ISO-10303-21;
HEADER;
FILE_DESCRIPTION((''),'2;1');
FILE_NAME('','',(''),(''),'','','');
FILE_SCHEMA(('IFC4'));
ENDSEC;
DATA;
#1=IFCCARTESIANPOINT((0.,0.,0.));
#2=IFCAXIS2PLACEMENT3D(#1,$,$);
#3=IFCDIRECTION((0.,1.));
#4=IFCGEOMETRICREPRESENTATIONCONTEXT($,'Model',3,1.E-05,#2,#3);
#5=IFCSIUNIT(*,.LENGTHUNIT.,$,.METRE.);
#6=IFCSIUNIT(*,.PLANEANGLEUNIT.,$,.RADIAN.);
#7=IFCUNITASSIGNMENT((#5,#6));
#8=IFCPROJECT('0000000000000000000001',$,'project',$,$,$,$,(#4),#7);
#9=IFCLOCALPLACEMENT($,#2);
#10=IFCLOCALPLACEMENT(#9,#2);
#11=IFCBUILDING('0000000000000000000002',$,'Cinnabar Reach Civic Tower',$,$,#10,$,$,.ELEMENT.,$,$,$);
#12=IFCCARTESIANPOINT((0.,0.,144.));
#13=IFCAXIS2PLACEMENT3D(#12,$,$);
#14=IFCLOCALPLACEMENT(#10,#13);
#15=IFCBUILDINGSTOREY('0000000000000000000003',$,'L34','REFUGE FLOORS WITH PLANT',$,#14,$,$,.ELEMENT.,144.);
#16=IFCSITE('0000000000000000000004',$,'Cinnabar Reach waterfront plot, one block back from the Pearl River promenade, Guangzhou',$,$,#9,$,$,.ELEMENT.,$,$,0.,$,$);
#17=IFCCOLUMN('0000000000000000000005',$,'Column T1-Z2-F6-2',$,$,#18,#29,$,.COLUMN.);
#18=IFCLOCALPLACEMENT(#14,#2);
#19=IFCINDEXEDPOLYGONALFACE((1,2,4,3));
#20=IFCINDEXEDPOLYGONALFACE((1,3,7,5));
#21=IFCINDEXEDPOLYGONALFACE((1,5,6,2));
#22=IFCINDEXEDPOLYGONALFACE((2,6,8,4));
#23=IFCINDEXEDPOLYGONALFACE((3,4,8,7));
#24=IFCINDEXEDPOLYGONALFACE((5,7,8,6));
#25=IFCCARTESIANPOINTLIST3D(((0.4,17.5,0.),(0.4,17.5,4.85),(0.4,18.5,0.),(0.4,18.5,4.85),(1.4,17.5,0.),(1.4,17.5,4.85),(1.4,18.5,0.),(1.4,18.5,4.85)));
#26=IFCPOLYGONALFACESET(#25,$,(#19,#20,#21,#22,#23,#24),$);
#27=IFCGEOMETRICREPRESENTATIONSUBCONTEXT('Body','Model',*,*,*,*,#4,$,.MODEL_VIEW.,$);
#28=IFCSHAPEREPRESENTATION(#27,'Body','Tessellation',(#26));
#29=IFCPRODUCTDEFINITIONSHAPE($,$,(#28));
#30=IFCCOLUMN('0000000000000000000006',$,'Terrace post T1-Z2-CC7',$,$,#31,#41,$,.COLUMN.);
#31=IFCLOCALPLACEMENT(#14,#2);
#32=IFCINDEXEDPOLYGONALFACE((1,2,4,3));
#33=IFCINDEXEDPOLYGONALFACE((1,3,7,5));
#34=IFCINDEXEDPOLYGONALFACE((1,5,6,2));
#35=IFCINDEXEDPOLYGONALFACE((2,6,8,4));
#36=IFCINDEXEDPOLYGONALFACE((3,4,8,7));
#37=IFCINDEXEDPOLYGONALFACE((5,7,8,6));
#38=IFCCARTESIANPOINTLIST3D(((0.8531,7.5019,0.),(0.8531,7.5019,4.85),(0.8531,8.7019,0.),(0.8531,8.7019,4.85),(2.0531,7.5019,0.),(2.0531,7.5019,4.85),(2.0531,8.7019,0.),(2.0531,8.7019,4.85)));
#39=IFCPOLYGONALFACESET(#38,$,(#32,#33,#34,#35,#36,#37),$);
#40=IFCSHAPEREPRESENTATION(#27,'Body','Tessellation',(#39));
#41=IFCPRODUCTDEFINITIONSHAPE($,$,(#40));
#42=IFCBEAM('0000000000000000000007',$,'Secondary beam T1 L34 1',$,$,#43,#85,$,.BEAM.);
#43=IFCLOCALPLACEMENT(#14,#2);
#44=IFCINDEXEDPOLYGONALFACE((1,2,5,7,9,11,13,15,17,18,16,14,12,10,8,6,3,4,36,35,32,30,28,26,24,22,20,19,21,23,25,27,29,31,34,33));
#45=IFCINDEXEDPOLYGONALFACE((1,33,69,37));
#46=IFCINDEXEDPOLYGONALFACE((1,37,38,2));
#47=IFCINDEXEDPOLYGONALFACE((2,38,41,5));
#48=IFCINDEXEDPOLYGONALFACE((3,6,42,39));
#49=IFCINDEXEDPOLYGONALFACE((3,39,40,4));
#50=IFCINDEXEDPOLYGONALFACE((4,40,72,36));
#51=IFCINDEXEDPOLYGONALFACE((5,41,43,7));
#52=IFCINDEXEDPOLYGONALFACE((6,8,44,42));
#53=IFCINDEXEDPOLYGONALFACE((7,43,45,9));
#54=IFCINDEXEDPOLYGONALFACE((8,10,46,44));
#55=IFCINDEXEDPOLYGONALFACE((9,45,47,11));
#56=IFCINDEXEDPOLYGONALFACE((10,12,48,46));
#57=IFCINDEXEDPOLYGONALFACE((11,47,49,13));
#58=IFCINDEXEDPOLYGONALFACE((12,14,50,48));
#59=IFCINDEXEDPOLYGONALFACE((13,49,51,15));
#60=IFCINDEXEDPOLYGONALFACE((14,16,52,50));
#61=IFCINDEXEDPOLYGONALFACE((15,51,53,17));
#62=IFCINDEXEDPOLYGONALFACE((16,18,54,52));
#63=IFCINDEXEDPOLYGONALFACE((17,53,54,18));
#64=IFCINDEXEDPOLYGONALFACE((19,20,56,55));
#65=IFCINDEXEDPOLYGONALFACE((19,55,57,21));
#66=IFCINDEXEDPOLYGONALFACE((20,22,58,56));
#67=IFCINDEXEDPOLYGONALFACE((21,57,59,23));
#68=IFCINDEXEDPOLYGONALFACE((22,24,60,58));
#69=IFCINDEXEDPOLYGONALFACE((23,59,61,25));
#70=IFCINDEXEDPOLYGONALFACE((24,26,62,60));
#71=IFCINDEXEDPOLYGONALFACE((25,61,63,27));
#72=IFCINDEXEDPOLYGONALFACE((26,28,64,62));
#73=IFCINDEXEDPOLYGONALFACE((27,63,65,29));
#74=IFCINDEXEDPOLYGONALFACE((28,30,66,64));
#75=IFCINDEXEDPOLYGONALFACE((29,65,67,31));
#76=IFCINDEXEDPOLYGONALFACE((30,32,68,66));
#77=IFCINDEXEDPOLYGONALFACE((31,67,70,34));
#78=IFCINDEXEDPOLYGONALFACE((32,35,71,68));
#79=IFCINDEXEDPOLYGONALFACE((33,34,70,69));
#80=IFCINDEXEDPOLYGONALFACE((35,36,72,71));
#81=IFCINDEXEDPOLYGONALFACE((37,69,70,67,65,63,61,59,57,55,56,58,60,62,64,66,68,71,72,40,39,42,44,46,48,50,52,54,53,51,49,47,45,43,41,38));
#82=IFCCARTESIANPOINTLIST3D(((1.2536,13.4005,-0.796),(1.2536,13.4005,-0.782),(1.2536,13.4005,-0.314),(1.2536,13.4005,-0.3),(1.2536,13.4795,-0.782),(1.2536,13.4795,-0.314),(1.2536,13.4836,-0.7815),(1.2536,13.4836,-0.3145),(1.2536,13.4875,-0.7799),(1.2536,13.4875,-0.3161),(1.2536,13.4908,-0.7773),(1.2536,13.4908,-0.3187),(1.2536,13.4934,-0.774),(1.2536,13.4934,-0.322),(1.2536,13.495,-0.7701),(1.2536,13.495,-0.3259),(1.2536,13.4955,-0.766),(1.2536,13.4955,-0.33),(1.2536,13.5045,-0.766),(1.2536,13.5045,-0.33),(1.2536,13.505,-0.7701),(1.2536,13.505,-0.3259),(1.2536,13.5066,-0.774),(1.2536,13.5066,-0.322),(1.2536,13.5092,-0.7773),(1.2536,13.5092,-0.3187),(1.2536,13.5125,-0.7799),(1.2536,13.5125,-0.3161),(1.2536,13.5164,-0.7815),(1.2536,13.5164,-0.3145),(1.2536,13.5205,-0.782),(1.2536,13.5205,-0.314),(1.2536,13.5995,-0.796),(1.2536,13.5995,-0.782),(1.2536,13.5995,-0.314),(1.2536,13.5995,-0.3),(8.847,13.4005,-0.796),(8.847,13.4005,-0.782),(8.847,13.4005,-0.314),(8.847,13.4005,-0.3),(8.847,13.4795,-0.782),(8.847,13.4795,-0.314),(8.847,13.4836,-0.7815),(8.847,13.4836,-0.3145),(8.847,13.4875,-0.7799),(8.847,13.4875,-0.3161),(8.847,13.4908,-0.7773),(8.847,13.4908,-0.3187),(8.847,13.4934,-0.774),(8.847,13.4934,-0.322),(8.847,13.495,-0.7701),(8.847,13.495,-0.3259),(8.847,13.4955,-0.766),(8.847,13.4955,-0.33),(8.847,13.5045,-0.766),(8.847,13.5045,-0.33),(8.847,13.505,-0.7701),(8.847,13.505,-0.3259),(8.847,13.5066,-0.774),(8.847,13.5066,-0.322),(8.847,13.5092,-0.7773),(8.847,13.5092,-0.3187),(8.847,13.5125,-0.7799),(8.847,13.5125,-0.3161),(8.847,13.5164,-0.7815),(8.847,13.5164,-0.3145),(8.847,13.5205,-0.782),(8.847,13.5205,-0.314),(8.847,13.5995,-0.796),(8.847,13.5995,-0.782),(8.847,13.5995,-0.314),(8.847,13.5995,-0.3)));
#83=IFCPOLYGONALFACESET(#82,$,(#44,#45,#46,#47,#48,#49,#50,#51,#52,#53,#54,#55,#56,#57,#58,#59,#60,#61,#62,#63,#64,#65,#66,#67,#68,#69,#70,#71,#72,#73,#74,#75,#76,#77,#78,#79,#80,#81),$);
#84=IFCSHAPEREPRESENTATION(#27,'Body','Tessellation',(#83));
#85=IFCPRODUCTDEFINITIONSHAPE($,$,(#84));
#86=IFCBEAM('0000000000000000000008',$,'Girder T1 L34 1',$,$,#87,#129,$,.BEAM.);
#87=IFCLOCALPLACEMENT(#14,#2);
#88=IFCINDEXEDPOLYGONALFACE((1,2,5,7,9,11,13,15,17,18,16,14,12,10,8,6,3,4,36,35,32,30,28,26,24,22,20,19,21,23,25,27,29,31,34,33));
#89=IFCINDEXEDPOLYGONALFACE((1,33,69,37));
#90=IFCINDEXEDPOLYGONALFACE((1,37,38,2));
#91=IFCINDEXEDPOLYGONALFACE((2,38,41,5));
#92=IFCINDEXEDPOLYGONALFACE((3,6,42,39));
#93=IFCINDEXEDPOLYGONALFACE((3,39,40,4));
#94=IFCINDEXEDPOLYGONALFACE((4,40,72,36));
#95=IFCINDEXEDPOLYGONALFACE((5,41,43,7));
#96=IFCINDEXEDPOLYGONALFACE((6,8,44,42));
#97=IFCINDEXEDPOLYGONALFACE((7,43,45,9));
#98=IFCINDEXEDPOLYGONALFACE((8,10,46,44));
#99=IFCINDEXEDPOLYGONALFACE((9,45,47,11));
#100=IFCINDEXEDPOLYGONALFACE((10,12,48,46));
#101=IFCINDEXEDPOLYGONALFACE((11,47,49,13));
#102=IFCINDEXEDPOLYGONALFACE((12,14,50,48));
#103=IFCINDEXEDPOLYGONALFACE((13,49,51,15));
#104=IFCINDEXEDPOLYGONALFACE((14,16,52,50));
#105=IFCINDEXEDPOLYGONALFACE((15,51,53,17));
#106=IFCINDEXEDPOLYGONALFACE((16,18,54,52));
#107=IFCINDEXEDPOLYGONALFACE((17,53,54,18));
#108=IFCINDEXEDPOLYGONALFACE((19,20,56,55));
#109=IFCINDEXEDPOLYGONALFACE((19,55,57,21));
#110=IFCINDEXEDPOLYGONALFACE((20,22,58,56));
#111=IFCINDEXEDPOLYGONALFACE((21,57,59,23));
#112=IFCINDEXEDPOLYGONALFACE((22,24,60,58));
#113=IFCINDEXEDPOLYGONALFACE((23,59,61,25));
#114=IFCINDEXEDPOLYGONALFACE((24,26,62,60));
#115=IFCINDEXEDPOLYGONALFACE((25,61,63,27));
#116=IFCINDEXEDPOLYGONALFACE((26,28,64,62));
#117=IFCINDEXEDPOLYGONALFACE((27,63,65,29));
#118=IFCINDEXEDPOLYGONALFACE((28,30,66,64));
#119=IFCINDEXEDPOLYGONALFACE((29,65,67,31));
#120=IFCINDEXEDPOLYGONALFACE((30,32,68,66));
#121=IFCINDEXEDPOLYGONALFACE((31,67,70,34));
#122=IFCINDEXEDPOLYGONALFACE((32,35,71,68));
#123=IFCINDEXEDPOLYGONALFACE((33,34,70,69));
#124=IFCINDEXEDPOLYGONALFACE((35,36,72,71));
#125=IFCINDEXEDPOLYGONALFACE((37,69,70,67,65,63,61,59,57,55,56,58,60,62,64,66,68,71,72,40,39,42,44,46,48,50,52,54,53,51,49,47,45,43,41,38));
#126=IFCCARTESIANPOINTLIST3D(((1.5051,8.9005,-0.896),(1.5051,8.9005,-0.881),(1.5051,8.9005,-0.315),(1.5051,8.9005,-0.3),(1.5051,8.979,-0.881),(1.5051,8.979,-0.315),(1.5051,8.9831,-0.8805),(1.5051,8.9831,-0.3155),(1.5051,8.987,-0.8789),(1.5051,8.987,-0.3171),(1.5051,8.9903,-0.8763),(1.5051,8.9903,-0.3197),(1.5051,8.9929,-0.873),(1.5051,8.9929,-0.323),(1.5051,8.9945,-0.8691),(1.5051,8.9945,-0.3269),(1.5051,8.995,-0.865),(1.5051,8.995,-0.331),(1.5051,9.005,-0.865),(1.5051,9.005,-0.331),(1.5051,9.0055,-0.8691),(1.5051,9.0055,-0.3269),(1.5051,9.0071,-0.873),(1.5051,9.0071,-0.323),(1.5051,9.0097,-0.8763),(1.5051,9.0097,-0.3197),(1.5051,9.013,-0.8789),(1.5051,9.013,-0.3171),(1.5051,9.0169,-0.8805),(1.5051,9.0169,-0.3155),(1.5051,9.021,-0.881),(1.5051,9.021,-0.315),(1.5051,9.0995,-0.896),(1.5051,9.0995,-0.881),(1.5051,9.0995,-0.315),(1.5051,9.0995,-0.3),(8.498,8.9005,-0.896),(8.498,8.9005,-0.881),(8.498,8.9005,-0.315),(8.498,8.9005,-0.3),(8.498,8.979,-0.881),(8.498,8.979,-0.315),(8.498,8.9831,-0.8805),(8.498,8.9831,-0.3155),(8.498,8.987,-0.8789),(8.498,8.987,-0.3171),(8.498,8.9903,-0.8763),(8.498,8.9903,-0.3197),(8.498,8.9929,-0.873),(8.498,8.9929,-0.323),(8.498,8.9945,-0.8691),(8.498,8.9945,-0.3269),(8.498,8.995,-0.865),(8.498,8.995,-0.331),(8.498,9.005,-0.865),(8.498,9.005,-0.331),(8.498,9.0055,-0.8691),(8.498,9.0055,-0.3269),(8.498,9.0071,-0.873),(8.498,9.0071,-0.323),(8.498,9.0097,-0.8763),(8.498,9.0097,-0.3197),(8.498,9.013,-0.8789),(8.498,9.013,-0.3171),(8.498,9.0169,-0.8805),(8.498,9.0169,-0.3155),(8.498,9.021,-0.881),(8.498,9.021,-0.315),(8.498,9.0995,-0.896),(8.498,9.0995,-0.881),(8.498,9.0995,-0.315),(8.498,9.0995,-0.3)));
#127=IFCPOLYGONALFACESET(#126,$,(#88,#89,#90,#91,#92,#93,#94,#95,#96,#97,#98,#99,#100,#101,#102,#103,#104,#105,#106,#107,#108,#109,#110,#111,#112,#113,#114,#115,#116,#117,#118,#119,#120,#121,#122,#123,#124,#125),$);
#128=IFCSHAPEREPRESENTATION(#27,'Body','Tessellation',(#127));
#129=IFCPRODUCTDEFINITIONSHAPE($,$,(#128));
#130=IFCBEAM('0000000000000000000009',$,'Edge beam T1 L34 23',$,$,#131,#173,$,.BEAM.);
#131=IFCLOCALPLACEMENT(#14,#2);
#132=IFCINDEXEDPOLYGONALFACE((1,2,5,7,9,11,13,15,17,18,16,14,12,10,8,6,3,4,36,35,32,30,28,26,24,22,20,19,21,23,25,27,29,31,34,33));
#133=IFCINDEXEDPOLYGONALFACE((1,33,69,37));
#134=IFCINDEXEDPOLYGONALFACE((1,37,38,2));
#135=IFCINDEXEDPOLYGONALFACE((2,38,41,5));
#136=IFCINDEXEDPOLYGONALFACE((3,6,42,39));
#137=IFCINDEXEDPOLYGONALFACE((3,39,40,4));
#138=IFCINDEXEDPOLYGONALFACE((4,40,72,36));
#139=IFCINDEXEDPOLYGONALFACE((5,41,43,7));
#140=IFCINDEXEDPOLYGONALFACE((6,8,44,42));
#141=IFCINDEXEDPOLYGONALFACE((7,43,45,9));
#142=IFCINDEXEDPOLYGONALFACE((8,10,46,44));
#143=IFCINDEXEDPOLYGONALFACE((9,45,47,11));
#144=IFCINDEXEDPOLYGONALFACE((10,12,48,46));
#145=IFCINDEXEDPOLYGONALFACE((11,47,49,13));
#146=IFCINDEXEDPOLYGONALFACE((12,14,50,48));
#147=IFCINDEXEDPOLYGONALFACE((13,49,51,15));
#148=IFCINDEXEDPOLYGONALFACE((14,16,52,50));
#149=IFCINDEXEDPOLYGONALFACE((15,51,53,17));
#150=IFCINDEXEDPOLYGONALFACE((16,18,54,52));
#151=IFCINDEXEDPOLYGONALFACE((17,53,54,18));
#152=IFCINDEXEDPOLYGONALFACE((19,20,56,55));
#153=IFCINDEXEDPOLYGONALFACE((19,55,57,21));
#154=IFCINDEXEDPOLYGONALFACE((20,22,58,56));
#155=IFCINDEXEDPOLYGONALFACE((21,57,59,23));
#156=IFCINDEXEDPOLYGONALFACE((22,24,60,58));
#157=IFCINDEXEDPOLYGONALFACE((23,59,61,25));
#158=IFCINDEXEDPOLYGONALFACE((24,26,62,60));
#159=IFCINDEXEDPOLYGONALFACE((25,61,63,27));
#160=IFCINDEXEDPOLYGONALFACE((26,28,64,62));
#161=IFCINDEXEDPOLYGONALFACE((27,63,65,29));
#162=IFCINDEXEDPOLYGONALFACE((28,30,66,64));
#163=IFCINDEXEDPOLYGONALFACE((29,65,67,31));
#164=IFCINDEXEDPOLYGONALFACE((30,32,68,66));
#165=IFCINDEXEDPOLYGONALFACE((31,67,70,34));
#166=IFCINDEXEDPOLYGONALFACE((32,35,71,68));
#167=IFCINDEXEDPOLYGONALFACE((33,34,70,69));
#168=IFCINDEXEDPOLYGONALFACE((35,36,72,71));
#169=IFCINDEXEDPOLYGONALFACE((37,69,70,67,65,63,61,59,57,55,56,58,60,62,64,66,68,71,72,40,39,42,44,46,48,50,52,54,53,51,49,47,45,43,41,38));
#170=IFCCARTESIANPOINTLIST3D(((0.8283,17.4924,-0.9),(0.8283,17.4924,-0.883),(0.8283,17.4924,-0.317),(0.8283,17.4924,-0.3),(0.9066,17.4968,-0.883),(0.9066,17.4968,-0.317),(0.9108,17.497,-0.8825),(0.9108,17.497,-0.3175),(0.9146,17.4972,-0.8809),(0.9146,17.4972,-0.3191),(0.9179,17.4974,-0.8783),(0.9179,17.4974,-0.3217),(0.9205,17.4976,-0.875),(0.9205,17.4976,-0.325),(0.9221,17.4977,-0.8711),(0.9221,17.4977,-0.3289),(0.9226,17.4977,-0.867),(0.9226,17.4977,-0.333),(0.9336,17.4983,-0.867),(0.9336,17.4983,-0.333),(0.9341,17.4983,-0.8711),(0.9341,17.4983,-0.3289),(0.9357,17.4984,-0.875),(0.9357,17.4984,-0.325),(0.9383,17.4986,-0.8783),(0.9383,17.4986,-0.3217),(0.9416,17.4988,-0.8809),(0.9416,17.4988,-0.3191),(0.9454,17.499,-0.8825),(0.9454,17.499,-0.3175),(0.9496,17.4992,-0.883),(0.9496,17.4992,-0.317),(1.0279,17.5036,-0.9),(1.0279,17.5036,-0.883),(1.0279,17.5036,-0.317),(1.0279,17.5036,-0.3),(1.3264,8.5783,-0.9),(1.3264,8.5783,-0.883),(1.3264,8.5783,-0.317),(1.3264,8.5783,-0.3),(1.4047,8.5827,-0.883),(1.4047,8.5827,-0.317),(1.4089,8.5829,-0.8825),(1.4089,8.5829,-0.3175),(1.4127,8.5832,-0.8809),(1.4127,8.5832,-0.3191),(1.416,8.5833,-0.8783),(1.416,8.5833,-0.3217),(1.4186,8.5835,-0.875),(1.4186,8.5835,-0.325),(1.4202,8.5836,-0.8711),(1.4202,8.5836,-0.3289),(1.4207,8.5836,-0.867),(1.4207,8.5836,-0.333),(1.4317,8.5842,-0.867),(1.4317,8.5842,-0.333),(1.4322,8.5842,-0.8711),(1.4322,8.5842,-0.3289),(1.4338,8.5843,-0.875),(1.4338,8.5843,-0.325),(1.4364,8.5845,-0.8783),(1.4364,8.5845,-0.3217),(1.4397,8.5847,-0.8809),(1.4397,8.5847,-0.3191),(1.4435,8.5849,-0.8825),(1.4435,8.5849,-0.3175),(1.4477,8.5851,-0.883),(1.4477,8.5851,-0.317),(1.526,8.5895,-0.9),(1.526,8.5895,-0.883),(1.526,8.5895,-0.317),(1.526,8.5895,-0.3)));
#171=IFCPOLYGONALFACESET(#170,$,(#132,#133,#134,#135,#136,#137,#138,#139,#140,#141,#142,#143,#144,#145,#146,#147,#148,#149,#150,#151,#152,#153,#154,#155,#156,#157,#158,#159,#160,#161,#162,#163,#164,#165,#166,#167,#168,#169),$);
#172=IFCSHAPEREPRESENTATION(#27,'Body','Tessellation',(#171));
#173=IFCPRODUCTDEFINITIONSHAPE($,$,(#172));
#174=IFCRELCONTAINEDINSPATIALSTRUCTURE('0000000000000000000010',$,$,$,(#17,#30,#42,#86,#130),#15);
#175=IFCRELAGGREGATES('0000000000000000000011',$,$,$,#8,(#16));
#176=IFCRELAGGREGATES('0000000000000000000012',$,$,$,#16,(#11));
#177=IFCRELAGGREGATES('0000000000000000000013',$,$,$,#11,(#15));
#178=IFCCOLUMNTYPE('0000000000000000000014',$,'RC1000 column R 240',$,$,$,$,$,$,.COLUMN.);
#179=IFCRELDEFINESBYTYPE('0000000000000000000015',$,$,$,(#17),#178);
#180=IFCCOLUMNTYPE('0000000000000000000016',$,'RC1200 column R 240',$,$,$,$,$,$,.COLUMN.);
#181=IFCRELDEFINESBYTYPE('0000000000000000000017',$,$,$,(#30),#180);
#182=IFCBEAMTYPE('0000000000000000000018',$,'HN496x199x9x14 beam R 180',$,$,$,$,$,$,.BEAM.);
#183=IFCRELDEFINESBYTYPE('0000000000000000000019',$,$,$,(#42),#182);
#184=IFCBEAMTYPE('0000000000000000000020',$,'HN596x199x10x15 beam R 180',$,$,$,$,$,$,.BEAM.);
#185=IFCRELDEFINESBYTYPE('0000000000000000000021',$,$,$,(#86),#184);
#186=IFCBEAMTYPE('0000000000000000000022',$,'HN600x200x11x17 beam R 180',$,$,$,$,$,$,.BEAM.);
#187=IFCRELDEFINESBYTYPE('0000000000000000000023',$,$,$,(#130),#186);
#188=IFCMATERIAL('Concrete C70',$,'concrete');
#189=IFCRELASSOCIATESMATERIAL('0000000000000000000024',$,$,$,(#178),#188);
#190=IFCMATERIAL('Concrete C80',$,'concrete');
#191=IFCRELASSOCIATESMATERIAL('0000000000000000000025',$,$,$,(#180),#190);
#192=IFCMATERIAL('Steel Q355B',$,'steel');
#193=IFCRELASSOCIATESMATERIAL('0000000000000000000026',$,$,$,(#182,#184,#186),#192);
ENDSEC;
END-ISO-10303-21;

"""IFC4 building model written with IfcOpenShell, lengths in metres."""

from ifc_helpers import new_model, si_unit, direction, frame, origin, origin_2d, place, context, subcontext, project, spatial, rectangle, i_section, extrude, material, material_profile, profile_set, type_object, element, save


model = new_model("IFC4")

# Units and contexts
model_context = context("Model", 3, precision=1e-05, world=origin(), true_north=direction((0.0, 1.0)))
body_context = subcontext(model_context, "Body", "Model", "MODEL_VIEW")
ifc_project = project(units=[si_unit("LENGTHUNIT", "METRE"), si_unit("PLANEANGLEUNIT", "RADIAN")], contexts=[model_context])

# Site, building, storey
site_placement = place(None, origin())
site = spatial("IfcSite", under=ifc_project, at=site_placement, Name="Cinnabar Reach waterfront plot, one block back from the Pearl River promenade, Guangzhou", CompositionType="ELEMENT", RefElevation=0.0)
building_placement = place(site_placement, origin())
building = spatial("IfcBuilding", under=site, at=building_placement, Name="Cinnabar Reach Civic Tower", CompositionType="ELEMENT")
storey_placement = place(building_placement, frame((0.0, 0.0, 144.0)))
storey = spatial("IfcBuildingStorey", under=building, at=storey_placement, Name="L34", Description="REFUGE FLOORS WITH PLANT", CompositionType="ELEMENT", Elevation=144.0)

# Columns
ifc_material_1 = material(Name="Concrete C70", Category="concrete")
ifc_material_profile_1 = material_profile(ifc_material_1, rectangle(XDim=1.0, YDim=1.0, at=origin_2d()), Name="RC1000")
ifc_profile_set_1 = profile_set([ifc_material_profile_1], Name="Concrete C70")
column_type_1 = type_object("IfcColumnType", Name="RC1000 column R 240", PredefinedType="COLUMN", material=ifc_profile_set_1)
column_1_placement = place(storey_placement, frame((0.9, 18.0, 0.0), z_axis=(0.0, 0.0, 1.0), x_axis=(1.0, 0.0, 0.0)))
element("IfcColumn", 1, at=column_1_placement, inside=storey, type_object=column_type_1, Name="Column T1-Z2-F6-2", PredefinedType="COLUMN", context=body_context, shape_type="SweptSolid", body=[
    extrude(rectangle(XDim=1.0, YDim=1.0, at=origin_2d()), origin(), (0.0, 0.0, 1.0), 4.85),
])
ifc_material_2 = material(Name="Concrete C80", Category="concrete")
ifc_material_profile_2 = material_profile(ifc_material_2, rectangle(XDim=1.2, YDim=1.2, at=origin_2d()), Name="RC1200")
ifc_profile_set_2 = profile_set([ifc_material_profile_2], Name="Concrete C80")
column_type_2 = type_object("IfcColumnType", Name="RC1200 column R 240", PredefinedType="COLUMN", material=ifc_profile_set_2)
column_2_placement = place(storey_placement, frame((1.4531, 8.1019, 0.0), z_axis=(0.0, 0.0, 1.0), x_axis=(1.0, 0.0, 0.0)))
element("IfcColumn", 2, at=column_2_placement, inside=storey, type_object=column_type_2, Name="Terrace post T1-Z2-CC7", PredefinedType="COLUMN", context=body_context, shape_type="SweptSolid", body=[
    extrude(rectangle(XDim=1.2, YDim=1.2, at=origin_2d()), origin(), (0.0, 0.0, 1.0), 4.85),
])

# Beams
ifc_material_3 = material(Name="Steel Q355B", Category="steel")
ifc_material_profile_3 = material_profile(ifc_material_3, i_section(OverallWidth=0.199, OverallDepth=0.496, WebThickness=0.009, FlangeThickness=0.014, FilletRadius=0.016, at=origin_2d()), Name="HN496x199x9x14")
ifc_profile_set_3 = profile_set([ifc_material_profile_3], Name="Steel Q355B")
beam_type_1 = type_object("IfcBeamType", Name="HN496x199x9x14 beam R 180", PredefinedType="BEAM", material=ifc_profile_set_3)
beam_1_placement = place(storey_placement, frame((1.2536, 13.5, -0.548), z_axis=(1.0, 0.0, 0.0), x_axis=(0.0, 1.0, 0.0)))
element("IfcBeam", 3, at=beam_1_placement, inside=storey, type_object=beam_type_1, Name="Secondary beam T1 L34 1", PredefinedType="BEAM", context=body_context, shape_type="SweptSolid", body=[
    extrude(i_section(OverallWidth=0.199, OverallDepth=0.496, WebThickness=0.009, FlangeThickness=0.014, FilletRadius=0.016, at=origin_2d()), origin(), (0.0, 0.0, 1.0), 7.5934),
])
ifc_material_profile_4 = material_profile(ifc_material_3, i_section(OverallWidth=0.199, OverallDepth=0.596, WebThickness=0.01, FlangeThickness=0.015, FilletRadius=0.016, at=origin_2d()), Name="HN596x199x10x15")
ifc_profile_set_4 = profile_set([ifc_material_profile_4], Name="Steel Q355B")
beam_type_2 = type_object("IfcBeamType", Name="HN596x199x10x15 beam R 180", PredefinedType="BEAM", material=ifc_profile_set_4)
beam_2_placement = place(storey_placement, frame((1.5051, 9.0, -0.598), z_axis=(1.0, 0.0, 0.0), x_axis=(0.0, 1.0, 0.0)))
element("IfcBeam", 4, at=beam_2_placement, inside=storey, type_object=beam_type_2, Name="Girder T1 L34 1", PredefinedType="BEAM", context=body_context, shape_type="SweptSolid", body=[
    extrude(i_section(OverallWidth=0.199, OverallDepth=0.596, WebThickness=0.01, FlangeThickness=0.015, FilletRadius=0.016, at=origin_2d()), origin(), (0.0, 0.0, 1.0), 6.9929),
])
ifc_material_profile_5 = material_profile(ifc_material_3, i_section(OverallWidth=0.2, OverallDepth=0.6, WebThickness=0.011, FlangeThickness=0.017, FilletRadius=0.016, at=origin_2d()), Name="HN600x200x11x17")
ifc_profile_set_5 = profile_set([ifc_material_profile_5], Name="Steel Q355B")
beam_type_3 = type_object("IfcBeamType", Name="HN600x200x11x17 beam R 180", PredefinedType="BEAM", material=ifc_profile_set_5)
beam_3_placement = place(storey_placement, frame((0.9281, 17.498, -0.6), z_axis=(0.055791, -0.998442, 0.0), x_axis=(0.998442, 0.055791, 0.0)))
element("IfcBeam", 5, at=beam_3_placement, inside=storey, type_object=beam_type_3, Name="Edge beam T1 L34 23", PredefinedType="BEAM", context=body_context, shape_type="SweptSolid", body=[
    extrude(i_section(OverallWidth=0.2, OverallDepth=0.6, WebThickness=0.011, FlangeThickness=0.017, FilletRadius=0.016, at=origin_2d()), origin(), (0.0, 0.0, 1.0), 8.928),
])

save(model, "model.ifc")
